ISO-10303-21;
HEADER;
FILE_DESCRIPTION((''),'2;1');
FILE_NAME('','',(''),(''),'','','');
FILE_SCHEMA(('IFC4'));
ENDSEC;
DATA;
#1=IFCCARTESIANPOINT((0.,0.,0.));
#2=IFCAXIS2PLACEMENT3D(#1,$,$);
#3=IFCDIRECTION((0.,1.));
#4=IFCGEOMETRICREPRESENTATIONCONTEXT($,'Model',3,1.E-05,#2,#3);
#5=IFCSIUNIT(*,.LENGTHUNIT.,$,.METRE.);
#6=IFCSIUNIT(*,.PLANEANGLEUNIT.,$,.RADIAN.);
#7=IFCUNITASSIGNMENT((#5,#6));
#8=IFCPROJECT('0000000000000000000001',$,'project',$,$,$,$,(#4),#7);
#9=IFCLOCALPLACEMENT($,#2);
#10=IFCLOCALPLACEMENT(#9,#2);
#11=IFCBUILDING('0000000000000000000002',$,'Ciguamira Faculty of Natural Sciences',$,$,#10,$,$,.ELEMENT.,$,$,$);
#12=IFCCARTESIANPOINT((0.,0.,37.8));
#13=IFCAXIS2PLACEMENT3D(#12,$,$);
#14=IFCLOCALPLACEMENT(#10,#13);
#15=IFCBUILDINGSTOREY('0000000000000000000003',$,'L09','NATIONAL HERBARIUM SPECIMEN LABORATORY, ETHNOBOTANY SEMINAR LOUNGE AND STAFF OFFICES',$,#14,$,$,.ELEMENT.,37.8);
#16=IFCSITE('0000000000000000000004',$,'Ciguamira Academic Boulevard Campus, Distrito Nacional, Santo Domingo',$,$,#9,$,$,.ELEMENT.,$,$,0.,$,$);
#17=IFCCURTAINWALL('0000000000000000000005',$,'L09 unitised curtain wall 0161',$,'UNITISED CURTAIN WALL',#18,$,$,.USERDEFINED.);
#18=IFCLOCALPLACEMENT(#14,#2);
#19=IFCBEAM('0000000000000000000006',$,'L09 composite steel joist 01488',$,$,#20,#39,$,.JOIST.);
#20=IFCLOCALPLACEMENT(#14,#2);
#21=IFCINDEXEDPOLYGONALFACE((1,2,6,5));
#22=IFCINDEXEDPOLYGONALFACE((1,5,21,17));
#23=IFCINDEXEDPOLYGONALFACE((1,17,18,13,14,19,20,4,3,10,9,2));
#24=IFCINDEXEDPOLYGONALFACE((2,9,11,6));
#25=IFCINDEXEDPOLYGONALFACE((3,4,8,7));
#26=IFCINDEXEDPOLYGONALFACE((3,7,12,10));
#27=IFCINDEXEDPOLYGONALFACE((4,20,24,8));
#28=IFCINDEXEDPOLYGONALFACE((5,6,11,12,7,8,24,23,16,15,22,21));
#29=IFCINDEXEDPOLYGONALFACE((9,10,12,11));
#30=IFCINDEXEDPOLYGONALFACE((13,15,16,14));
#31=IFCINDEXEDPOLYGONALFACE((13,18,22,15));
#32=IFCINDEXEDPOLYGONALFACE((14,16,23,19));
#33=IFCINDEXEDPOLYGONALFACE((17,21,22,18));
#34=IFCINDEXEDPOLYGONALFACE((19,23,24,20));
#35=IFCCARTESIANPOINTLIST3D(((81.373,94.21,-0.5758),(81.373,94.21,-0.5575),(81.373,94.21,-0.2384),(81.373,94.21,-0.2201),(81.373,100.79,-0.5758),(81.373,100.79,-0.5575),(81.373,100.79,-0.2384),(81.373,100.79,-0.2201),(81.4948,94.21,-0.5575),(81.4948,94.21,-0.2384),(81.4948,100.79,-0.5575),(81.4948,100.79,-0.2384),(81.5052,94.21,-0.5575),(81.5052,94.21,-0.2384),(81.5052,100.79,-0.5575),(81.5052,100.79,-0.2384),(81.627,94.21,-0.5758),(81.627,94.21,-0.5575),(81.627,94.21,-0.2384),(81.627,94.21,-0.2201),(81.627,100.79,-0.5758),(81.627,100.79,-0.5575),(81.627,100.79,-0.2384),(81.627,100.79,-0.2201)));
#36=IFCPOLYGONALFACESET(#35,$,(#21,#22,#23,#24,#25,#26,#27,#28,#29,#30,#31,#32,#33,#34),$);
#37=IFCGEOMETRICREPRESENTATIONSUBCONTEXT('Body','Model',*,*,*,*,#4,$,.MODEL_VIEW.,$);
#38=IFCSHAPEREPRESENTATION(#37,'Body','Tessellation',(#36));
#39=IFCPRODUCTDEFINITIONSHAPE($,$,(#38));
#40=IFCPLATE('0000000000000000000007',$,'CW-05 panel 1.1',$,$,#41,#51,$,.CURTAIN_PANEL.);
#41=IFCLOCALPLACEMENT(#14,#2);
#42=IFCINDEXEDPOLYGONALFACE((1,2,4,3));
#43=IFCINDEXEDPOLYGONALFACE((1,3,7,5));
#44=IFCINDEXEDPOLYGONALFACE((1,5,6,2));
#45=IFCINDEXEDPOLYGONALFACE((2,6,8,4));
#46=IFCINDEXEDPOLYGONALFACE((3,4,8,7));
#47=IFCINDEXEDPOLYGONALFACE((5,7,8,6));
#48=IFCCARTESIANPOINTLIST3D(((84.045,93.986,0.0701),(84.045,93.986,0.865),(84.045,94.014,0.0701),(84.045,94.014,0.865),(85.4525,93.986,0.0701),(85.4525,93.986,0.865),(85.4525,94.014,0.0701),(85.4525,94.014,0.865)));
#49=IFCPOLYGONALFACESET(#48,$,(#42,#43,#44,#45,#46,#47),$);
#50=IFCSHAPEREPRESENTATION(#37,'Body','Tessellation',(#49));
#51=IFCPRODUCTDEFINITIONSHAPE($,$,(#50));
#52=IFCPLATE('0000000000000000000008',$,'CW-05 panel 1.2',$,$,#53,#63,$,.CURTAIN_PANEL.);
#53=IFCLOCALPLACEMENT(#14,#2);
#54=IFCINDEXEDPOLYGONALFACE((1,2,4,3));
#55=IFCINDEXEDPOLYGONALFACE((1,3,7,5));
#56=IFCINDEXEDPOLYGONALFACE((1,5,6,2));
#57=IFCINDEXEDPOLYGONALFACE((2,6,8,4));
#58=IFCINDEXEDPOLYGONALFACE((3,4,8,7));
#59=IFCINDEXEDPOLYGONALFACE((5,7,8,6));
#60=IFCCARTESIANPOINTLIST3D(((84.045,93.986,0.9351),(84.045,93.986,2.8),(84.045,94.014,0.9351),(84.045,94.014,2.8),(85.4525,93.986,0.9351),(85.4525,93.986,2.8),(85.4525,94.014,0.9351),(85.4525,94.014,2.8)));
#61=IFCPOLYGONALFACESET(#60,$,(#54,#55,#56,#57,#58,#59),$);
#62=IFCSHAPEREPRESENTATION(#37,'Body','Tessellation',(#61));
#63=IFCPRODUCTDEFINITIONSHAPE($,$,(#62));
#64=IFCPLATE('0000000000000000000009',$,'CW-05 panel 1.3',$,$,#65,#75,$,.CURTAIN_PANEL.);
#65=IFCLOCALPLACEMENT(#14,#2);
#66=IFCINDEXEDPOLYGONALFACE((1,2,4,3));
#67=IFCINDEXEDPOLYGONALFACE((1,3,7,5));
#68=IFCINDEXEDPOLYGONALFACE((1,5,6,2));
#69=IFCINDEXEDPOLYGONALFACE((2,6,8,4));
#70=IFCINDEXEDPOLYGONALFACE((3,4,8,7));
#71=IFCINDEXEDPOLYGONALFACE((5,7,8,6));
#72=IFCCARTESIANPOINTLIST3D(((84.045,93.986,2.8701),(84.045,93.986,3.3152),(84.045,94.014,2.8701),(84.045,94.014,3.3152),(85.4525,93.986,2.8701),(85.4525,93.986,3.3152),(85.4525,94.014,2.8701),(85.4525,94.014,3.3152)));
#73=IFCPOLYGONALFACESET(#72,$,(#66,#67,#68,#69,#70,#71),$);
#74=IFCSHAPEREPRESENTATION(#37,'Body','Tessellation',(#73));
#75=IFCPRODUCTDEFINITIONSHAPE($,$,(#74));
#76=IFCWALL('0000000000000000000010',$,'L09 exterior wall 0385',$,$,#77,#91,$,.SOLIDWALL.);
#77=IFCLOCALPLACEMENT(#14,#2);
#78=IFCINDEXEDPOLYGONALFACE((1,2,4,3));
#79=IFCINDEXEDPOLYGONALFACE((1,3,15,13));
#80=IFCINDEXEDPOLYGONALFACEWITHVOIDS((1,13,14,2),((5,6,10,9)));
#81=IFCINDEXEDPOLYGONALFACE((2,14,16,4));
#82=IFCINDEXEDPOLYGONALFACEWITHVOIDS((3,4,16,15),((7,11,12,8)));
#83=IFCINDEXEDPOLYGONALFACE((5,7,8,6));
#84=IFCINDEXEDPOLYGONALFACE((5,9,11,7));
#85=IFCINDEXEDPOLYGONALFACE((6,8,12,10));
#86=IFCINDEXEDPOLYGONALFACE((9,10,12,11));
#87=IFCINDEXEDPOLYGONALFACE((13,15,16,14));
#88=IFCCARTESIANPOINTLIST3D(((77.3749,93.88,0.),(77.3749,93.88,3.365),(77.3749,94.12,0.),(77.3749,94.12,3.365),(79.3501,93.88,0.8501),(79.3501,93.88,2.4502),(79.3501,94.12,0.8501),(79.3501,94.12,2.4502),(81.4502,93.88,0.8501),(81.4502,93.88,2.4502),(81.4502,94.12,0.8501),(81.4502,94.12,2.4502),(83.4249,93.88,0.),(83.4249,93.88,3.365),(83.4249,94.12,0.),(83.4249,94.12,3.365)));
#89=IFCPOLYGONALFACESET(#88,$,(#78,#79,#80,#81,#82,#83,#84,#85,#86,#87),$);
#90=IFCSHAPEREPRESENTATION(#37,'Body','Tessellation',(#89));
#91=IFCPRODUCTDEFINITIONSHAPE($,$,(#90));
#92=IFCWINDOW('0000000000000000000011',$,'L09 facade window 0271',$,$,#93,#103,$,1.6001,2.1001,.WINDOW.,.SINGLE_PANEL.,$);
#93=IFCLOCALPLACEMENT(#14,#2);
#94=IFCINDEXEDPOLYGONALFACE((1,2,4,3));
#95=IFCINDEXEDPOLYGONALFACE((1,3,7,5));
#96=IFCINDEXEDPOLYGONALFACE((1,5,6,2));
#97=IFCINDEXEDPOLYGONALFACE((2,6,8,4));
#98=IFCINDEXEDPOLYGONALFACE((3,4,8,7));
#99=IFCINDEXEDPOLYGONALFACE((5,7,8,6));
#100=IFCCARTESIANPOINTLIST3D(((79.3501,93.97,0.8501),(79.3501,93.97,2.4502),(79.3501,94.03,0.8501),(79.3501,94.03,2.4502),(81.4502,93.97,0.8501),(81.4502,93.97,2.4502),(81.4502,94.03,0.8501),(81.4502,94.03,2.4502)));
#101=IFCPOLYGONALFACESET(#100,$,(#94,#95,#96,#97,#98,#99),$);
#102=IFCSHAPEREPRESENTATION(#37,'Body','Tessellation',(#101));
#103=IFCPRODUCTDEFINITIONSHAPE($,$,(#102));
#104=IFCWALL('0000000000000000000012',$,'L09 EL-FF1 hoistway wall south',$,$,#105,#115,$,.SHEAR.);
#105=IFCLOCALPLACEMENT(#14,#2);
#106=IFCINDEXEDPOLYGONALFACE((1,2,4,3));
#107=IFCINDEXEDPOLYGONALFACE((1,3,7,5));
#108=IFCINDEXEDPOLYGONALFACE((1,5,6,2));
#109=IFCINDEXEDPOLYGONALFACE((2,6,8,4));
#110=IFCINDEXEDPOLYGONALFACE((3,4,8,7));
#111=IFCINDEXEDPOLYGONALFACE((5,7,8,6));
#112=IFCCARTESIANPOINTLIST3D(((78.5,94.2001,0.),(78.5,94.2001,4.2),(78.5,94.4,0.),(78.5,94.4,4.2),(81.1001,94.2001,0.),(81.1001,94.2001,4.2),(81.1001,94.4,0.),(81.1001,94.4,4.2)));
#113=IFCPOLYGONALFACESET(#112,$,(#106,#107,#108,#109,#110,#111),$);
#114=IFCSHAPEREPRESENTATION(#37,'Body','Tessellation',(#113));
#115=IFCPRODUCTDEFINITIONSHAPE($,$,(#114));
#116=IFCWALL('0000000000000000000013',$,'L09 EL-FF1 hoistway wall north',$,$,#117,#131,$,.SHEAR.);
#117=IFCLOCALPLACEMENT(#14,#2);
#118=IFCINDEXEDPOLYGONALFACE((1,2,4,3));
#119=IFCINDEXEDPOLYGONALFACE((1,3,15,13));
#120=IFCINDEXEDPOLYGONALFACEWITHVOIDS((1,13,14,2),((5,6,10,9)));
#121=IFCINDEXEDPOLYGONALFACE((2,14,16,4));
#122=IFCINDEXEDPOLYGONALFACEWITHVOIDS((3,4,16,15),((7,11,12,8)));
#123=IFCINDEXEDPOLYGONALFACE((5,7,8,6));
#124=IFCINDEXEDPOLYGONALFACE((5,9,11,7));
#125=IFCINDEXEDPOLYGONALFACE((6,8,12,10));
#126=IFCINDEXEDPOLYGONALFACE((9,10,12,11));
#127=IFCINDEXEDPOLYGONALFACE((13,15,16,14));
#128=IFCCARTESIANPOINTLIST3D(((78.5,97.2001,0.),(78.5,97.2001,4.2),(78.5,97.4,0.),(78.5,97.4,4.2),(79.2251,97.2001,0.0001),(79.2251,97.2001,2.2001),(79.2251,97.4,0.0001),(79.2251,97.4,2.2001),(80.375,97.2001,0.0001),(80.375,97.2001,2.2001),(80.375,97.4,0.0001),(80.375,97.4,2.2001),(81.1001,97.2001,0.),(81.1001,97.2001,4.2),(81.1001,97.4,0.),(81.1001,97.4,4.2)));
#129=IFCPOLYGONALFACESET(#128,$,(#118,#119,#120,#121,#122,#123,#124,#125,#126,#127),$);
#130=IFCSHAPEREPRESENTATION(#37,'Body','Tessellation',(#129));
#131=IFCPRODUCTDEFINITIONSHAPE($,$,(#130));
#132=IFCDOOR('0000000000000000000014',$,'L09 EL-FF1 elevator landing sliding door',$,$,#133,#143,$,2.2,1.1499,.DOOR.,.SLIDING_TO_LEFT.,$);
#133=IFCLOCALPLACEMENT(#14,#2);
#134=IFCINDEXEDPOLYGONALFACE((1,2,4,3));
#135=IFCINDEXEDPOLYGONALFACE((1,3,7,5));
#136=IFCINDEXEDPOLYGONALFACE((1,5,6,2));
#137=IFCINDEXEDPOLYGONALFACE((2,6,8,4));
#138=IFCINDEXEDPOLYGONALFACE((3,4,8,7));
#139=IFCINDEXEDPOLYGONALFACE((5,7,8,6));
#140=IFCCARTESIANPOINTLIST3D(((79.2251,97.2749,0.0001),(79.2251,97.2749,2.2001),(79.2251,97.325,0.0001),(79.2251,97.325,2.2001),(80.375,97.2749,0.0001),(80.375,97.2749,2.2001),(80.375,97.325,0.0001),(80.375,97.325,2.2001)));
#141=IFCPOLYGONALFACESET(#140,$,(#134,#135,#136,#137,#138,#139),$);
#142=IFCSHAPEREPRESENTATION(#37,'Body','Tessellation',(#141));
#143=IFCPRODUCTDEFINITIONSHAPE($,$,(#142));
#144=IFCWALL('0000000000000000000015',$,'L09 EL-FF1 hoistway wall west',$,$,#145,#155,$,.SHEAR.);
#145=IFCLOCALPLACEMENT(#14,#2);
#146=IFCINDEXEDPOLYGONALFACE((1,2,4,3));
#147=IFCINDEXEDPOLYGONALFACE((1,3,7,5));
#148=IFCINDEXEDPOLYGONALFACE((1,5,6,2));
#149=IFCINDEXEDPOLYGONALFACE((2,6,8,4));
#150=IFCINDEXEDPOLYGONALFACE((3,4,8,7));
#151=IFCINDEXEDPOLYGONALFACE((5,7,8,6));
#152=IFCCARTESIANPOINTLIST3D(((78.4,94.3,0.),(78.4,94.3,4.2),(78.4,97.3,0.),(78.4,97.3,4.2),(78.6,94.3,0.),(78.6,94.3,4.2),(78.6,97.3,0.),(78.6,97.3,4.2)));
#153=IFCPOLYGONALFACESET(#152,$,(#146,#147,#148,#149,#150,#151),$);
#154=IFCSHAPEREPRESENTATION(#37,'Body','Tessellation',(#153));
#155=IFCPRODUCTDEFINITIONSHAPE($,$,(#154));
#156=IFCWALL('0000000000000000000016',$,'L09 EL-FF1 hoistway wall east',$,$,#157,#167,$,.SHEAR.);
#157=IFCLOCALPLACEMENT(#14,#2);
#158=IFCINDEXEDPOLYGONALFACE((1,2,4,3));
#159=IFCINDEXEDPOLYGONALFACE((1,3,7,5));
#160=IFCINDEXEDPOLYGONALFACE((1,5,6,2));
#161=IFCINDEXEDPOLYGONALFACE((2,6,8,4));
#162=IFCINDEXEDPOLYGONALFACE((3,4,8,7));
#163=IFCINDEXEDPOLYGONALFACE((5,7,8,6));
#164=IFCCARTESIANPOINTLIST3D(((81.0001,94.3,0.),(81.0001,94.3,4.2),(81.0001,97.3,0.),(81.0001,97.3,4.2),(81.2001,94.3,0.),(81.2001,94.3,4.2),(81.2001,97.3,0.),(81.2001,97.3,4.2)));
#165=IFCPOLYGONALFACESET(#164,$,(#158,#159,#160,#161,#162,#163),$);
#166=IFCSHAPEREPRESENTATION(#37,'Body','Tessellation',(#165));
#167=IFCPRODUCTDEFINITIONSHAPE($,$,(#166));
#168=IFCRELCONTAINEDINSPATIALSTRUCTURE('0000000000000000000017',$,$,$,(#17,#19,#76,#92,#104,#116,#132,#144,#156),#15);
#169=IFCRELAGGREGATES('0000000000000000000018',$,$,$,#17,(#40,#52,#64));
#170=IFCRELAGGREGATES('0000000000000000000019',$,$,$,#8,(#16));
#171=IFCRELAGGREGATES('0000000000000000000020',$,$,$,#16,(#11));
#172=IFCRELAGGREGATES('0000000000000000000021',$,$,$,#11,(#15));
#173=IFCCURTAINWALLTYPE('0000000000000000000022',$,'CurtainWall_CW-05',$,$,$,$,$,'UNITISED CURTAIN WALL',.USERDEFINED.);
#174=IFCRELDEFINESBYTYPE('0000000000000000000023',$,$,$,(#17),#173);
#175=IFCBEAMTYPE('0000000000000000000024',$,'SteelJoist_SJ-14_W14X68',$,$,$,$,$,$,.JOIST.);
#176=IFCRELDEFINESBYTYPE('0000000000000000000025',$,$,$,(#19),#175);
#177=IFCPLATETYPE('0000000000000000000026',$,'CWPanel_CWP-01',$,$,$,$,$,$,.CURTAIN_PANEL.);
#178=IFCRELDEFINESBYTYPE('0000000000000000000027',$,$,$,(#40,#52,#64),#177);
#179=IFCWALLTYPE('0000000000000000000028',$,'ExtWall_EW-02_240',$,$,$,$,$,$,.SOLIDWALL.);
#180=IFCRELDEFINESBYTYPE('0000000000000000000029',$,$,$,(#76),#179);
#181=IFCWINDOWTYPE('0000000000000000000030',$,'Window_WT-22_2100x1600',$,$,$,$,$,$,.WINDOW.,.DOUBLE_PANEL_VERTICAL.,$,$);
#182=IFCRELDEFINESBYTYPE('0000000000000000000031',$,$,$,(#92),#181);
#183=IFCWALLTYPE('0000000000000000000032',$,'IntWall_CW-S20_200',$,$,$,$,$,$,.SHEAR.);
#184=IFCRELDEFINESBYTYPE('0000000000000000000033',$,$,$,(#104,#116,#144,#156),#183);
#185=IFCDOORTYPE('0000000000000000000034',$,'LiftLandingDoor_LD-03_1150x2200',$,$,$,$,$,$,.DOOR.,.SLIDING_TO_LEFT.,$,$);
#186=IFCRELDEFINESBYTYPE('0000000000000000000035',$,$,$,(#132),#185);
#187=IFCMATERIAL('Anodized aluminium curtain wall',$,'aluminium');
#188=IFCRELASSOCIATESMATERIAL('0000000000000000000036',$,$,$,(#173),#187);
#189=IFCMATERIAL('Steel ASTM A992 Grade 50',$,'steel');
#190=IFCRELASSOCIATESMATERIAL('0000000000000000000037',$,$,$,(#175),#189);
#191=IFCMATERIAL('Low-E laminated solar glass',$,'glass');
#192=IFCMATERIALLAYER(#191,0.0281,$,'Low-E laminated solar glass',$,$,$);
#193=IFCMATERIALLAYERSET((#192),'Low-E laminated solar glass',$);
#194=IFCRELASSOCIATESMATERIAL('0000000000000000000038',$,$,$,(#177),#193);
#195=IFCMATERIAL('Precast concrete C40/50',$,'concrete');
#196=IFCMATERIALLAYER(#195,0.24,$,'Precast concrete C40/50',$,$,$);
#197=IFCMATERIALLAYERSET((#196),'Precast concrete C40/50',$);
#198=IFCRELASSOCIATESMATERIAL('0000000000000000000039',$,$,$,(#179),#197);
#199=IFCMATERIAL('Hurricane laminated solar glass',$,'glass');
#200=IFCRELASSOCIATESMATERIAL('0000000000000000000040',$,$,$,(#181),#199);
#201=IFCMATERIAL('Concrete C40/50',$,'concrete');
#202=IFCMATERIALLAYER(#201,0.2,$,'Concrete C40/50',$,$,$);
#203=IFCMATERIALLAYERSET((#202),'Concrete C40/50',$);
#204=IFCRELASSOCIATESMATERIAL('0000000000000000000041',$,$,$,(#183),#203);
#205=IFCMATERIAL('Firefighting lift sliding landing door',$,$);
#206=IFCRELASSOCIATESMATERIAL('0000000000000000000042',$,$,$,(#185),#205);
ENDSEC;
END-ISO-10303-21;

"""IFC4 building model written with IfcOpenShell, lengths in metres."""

from ifc_helpers import new_model, si_unit, direction, frame, frame_2d, origin, origin_2d, place, context, subcontext, project, spatial, rectangle, i_section, extrude, material, layer, layer_set, material_profile, profile_set, type_object, element, fill, aggregate, save


model = new_model("IFC4")

# Units and contexts
model_context = context("Model", 3, precision=1e-05, world=origin(), true_north=direction((0.0, 1.0)))
body_context = subcontext(model_context, "Body", "Model", "MODEL_VIEW")
ifc_project = project(units=[si_unit("LENGTHUNIT", "METRE"), si_unit("PLANEANGLEUNIT", "RADIAN")], contexts=[model_context])

# Site, building, storey
site_placement = place(None, origin())
site = spatial("IfcSite", under=ifc_project, at=site_placement, Name="Ciguamira Academic Boulevard Campus, Distrito Nacional, Santo Domingo", CompositionType="ELEMENT", RefElevation=0.0)
building_placement = place(site_placement, origin())
building = spatial("IfcBuilding", under=site, at=building_placement, Name="Ciguamira Faculty of Natural Sciences", CompositionType="ELEMENT")
storey_placement = place(building_placement, frame((0.0, 0.0, 37.8)))
storey = spatial("IfcBuildingStorey", under=building, at=storey_placement, Name="L09", Description="NATIONAL HERBARIUM SPECIMEN LABORATORY, ETHNOBOTANY SEMINAR LOUNGE AND STAFF OFFICES", CompositionType="ELEMENT", Elevation=37.8)

# Shared definitions
ifc_material_1 = material(Name="Concrete C40/50", Category="concrete")

# Curtain wall
ifc_material_2 = material(Name="Anodized aluminium curtain wall", Category="aluminium")
curtain_wall_type = type_object("IfcCurtainWallType", Name="CurtainWall_CW-05", ElementType="UNITISED CURTAIN WALL", PredefinedType="USERDEFINED", material=ifc_material_2)
curtain_wall_placement = place(storey_placement, origin())
curtain_wall = element("IfcCurtainWall", 1, at=curtain_wall_placement, inside=storey, type_object=curtain_wall_type, Name="L09 unitised curtain wall 0161", ObjectType="UNITISED CURTAIN WALL", PredefinedType="USERDEFINED")

# Beam
ifc_material_3 = material(Name="Steel ASTM A992 Grade 50", Category="steel")
ifc_material_profile_1 = material_profile(ifc_material_3, i_section(OverallWidth=0.2539, OverallDepth=0.3557, WebThickness=0.0105, FlangeThickness=0.0183, at=origin_2d()), Name="W14X68")
ifc_profile_set_1 = profile_set([ifc_material_profile_1], Name="Steel ASTM A992 Grade 50")
beam_type_1 = type_object("IfcBeamType", Name="SteelJoist_SJ-14_W14X68", PredefinedType="JOIST", material=ifc_profile_set_1)
beam_1_placement = place(storey_placement, frame((81.5, 94.21, -0.3979), z_axis=(0.0, 1.0, 0.0), x_axis=(-1.0, 0.0, 0.0)))
element("IfcBeam", 2, at=beam_1_placement, inside=storey, type_object=beam_type_1, Name="L09 composite steel joist 01488", PredefinedType="JOIST", context=body_context, shape_type="SweptSolid", body=[
    extrude(i_section(OverallWidth=0.2539, OverallDepth=0.3557, WebThickness=0.0105, FlangeThickness=0.0183, at=origin_2d()), origin(), (0.0, 0.0, 1.0), 6.5801),
])

# Plates
ifc_material_4 = material(Name="Low-E laminated solar glass", Category="glass")
ifc_layer_1 = layer(ifc_material_4, 0.0281, Name="Low-E laminated solar glass")
ifc_layer_set_1 = layer_set([ifc_layer_1], Name="Low-E laminated solar glass")
plate_type = type_object("IfcPlateType", Name="CWPanel_CWP-01", PredefinedType="CURTAIN_PANEL", material=ifc_layer_set_1)
plate_1_placement = place(storey_placement, frame((84.7488, 94.0, 0.0701), z_axis=(0.0, 0.0, 1.0), x_axis=(1.0, 0.0, 0.0)))
plate_1 = element("IfcPlate", 3, at=plate_1_placement, type_object=plate_type, Name="CW-05 panel 1.1", PredefinedType="CURTAIN_PANEL", context=body_context, shape_type="SweptSolid", body=[
    extrude(rectangle(XDim=1.4075, YDim=0.0281, at=origin_2d()), origin(), (0.0, 0.0, 1.0), 0.7949),
])
plate_2_placement = place(storey_placement, frame((84.7488, 94.0, 0.9351), z_axis=(0.0, 0.0, 1.0), x_axis=(1.0, 0.0, 0.0)))
plate_2 = element("IfcPlate", 4, at=plate_2_placement, type_object=plate_type, Name="CW-05 panel 1.2", PredefinedType="CURTAIN_PANEL", context=body_context, shape_type="SweptSolid", body=[
    extrude(rectangle(XDim=1.4075, YDim=0.0281, at=origin_2d()), origin(), (0.0, 0.0, 1.0), 1.865),
])
plate_3_placement = place(storey_placement, frame((84.7488, 94.0, 2.8701), z_axis=(0.0, 0.0, 1.0), x_axis=(1.0, 0.0, 0.0)))
plate_3 = element("IfcPlate", 5, at=plate_3_placement, type_object=plate_type, Name="CW-05 panel 1.3", PredefinedType="CURTAIN_PANEL", context=body_context, shape_type="SweptSolid", body=[
    extrude(rectangle(XDim=1.4075, YDim=0.0281, at=origin_2d()), origin(), (0.0, 0.0, 1.0), 0.4451),
])
aggregate(curtain_wall, [plate_1, plate_2, plate_3])

# Wall, opening, window
ifc_material_5 = material(Name="Precast concrete C40/50", Category="concrete")
ifc_layer_2 = layer(ifc_material_5, 0.24, Name="Precast concrete C40/50")
ifc_layer_set_2 = layer_set([ifc_layer_2], Name="Precast concrete C40/50")
wall_type_1 = type_object("IfcWallType", Name="ExtWall_EW-02_240", PredefinedType="SOLIDWALL", material=ifc_layer_set_2)
wall_1_placement = place(storey_placement, frame((77.375, 94.0, 0.0), z_axis=(0.0, 0.0, 1.0), x_axis=(1.0, 0.0, 0.0)))
wall_1 = element("IfcWall", 6, at=wall_1_placement, inside=storey, type_object=wall_type_1, Name="L09 exterior wall 0385", PredefinedType="SOLIDWALL", context=body_context, shape_type="SweptSolid", body=[
    extrude(rectangle(XDim=6.05, YDim=0.24, at=frame_2d((3.0249, 0.0))), origin(), (0.0, 0.0, 1.0), 3.365),
])
opening_1_placement = place(wall_1_placement, frame((1.9751, 0.0, 0.8501)))
opening_1 = element("IfcOpeningElement", 7, at=opening_1_placement, cuts=wall_1, PredefinedType="OPENING", context=body_context, shape_type="SweptSolid", body=[
    extrude(rectangle(XDim=2.1001, YDim=1.6001, at=frame_2d((1.05, 0.8))), frame((0.0, 0.1299, 0.0), z_axis=(0.0, -1.0, 0.0), x_axis=(1.0, 0.0, 0.0)), (0.0, 0.0, 1.0), 0.26),
])
ifc_material_6 = material(Name="Hurricane laminated solar glass", Category="glass")
window_type = type_object("IfcWindowType", Name="Window_WT-22_2100x1600", PartitioningType="DOUBLE_PANEL_VERTICAL", PredefinedType="WINDOW", material=ifc_material_6)
window_placement = place(opening_1_placement, origin())
window = element("IfcWindow", 8, at=window_placement, inside=storey, type_object=window_type, Name="L09 facade window 0271", OverallHeight=1.6001, OverallWidth=2.1001, PartitioningType="SINGLE_PANEL", PredefinedType="WINDOW", context=body_context, shape_type="SweptSolid", body=[
    extrude(rectangle(XDim=2.1001, YDim=1.6001, at=frame_2d((1.05, 0.8))), frame((0.0, 0.03, 0.0), z_axis=(0.0, -1.0, 0.0), x_axis=(1.0, 0.0, 0.0)), (0.0, 0.0, 1.0), 0.0601),
])
fill(opening_1, window)

# Wall
ifc_layer_3 = layer(ifc_material_1, 0.2, Name="Concrete C40/50")
ifc_layer_set_3 = layer_set([ifc_layer_3], Name="Concrete C40/50")
wall_type_2 = type_object("IfcWallType", Name="IntWall_CW-S20_200", PredefinedType="SHEAR", material=ifc_layer_set_3)
wall_2_placement = place(storey_placement, frame((78.5, 94.3, 0.0), z_axis=(0.0, 0.0, 1.0), x_axis=(1.0, 0.0, 0.0)))
element("IfcWall", 9, at=wall_2_placement, inside=storey, type_object=wall_type_2, Name="L09 EL-FF1 hoistway wall south", PredefinedType="SHEAR", context=body_context, shape_type="SweptSolid", body=[
    extrude(rectangle(XDim=2.6001, YDim=0.2, at=frame_2d((1.3, 0.0))), origin(), (0.0, 0.0, 1.0), 4.2),
])

# Wall, opening, door
wall_3_placement = place(storey_placement, frame((78.5, 97.3, 0.0), z_axis=(0.0, 0.0, 1.0), x_axis=(1.0, 0.0, 0.0)))
wall_3 = element("IfcWall", 10, at=wall_3_placement, inside=storey, type_object=wall_type_2, Name="L09 EL-FF1 hoistway wall north", PredefinedType="SHEAR", context=body_context, shape_type="SweptSolid", body=[
    extrude(rectangle(XDim=2.6001, YDim=0.2, at=frame_2d((1.3, 0.0))), origin(), (0.0, 0.0, 1.0), 4.2),
])
opening_2_placement = place(wall_3_placement, frame((0.7251, 0.0, 0.0)))
opening_2 = element("IfcOpeningElement", 11, at=opening_2_placement, cuts=wall_3, PredefinedType="OPENING", context=body_context, shape_type="SweptSolid", body=[
    extrude(rectangle(XDim=1.1499, YDim=2.2, at=frame_2d((0.575, 1.1001))), frame((0.0, 0.1099, 0.0), z_axis=(0.0, -1.0, 0.0), x_axis=(1.0, 0.0, 0.0)), (0.0, 0.0, 1.0), 0.22),
])
ifc_material_7 = material(Name="Firefighting lift sliding landing door")
door_type = type_object("IfcDoorType", Name="LiftLandingDoor_LD-03_1150x2200", OperationType="SLIDING_TO_LEFT", PredefinedType="DOOR", material=ifc_material_7)
door_placement = place(opening_2_placement, origin())
door = element("IfcDoor", 12, at=door_placement, inside=storey, type_object=door_type, Name="L09 EL-FF1 elevator landing sliding door", OperationType="SLIDING_TO_LEFT", OverallHeight=2.2, OverallWidth=1.1499, PredefinedType="DOOR", context=body_context, shape_type="SweptSolid", body=[
    extrude(rectangle(XDim=1.1499, YDim=2.2, at=frame_2d((0.575, 1.1001))), frame((0.0, 0.0249, 0.0), z_axis=(0.0, -1.0, 0.0), x_axis=(1.0, 0.0, 0.0)), (0.0, 0.0, 1.0), 0.05),
])
fill(opening_2, door)

# Walls
for number, where, z_axis, x_axis, name in (
    (13, (78.5, 94.3, 0.0), (0.0, 0.0, 1.0), (0.0, 1.0, 0.0), "L09 EL-FF1 hoistway wall west"),
    (14, (81.1001, 94.3, 0.0), (0.0, 0.0, 1.0), (0.0, 1.0, 0.0), "L09 EL-FF1 hoistway wall east"),
):
    element("IfcWall", number, at=place(storey_placement, frame(where, z_axis=z_axis, x_axis=x_axis)), inside=storey, type_object=wall_type_2, Name=name, PredefinedType="SHEAR", context=body_context, shape_type="SweptSolid", body=[
        extrude(rectangle(XDim=3.0, YDim=0.2, at=frame_2d((1.5, 0.0))), origin(), (0.0, 0.0, 1.0), 4.2),
    ])

save(model, "model.ifc")
